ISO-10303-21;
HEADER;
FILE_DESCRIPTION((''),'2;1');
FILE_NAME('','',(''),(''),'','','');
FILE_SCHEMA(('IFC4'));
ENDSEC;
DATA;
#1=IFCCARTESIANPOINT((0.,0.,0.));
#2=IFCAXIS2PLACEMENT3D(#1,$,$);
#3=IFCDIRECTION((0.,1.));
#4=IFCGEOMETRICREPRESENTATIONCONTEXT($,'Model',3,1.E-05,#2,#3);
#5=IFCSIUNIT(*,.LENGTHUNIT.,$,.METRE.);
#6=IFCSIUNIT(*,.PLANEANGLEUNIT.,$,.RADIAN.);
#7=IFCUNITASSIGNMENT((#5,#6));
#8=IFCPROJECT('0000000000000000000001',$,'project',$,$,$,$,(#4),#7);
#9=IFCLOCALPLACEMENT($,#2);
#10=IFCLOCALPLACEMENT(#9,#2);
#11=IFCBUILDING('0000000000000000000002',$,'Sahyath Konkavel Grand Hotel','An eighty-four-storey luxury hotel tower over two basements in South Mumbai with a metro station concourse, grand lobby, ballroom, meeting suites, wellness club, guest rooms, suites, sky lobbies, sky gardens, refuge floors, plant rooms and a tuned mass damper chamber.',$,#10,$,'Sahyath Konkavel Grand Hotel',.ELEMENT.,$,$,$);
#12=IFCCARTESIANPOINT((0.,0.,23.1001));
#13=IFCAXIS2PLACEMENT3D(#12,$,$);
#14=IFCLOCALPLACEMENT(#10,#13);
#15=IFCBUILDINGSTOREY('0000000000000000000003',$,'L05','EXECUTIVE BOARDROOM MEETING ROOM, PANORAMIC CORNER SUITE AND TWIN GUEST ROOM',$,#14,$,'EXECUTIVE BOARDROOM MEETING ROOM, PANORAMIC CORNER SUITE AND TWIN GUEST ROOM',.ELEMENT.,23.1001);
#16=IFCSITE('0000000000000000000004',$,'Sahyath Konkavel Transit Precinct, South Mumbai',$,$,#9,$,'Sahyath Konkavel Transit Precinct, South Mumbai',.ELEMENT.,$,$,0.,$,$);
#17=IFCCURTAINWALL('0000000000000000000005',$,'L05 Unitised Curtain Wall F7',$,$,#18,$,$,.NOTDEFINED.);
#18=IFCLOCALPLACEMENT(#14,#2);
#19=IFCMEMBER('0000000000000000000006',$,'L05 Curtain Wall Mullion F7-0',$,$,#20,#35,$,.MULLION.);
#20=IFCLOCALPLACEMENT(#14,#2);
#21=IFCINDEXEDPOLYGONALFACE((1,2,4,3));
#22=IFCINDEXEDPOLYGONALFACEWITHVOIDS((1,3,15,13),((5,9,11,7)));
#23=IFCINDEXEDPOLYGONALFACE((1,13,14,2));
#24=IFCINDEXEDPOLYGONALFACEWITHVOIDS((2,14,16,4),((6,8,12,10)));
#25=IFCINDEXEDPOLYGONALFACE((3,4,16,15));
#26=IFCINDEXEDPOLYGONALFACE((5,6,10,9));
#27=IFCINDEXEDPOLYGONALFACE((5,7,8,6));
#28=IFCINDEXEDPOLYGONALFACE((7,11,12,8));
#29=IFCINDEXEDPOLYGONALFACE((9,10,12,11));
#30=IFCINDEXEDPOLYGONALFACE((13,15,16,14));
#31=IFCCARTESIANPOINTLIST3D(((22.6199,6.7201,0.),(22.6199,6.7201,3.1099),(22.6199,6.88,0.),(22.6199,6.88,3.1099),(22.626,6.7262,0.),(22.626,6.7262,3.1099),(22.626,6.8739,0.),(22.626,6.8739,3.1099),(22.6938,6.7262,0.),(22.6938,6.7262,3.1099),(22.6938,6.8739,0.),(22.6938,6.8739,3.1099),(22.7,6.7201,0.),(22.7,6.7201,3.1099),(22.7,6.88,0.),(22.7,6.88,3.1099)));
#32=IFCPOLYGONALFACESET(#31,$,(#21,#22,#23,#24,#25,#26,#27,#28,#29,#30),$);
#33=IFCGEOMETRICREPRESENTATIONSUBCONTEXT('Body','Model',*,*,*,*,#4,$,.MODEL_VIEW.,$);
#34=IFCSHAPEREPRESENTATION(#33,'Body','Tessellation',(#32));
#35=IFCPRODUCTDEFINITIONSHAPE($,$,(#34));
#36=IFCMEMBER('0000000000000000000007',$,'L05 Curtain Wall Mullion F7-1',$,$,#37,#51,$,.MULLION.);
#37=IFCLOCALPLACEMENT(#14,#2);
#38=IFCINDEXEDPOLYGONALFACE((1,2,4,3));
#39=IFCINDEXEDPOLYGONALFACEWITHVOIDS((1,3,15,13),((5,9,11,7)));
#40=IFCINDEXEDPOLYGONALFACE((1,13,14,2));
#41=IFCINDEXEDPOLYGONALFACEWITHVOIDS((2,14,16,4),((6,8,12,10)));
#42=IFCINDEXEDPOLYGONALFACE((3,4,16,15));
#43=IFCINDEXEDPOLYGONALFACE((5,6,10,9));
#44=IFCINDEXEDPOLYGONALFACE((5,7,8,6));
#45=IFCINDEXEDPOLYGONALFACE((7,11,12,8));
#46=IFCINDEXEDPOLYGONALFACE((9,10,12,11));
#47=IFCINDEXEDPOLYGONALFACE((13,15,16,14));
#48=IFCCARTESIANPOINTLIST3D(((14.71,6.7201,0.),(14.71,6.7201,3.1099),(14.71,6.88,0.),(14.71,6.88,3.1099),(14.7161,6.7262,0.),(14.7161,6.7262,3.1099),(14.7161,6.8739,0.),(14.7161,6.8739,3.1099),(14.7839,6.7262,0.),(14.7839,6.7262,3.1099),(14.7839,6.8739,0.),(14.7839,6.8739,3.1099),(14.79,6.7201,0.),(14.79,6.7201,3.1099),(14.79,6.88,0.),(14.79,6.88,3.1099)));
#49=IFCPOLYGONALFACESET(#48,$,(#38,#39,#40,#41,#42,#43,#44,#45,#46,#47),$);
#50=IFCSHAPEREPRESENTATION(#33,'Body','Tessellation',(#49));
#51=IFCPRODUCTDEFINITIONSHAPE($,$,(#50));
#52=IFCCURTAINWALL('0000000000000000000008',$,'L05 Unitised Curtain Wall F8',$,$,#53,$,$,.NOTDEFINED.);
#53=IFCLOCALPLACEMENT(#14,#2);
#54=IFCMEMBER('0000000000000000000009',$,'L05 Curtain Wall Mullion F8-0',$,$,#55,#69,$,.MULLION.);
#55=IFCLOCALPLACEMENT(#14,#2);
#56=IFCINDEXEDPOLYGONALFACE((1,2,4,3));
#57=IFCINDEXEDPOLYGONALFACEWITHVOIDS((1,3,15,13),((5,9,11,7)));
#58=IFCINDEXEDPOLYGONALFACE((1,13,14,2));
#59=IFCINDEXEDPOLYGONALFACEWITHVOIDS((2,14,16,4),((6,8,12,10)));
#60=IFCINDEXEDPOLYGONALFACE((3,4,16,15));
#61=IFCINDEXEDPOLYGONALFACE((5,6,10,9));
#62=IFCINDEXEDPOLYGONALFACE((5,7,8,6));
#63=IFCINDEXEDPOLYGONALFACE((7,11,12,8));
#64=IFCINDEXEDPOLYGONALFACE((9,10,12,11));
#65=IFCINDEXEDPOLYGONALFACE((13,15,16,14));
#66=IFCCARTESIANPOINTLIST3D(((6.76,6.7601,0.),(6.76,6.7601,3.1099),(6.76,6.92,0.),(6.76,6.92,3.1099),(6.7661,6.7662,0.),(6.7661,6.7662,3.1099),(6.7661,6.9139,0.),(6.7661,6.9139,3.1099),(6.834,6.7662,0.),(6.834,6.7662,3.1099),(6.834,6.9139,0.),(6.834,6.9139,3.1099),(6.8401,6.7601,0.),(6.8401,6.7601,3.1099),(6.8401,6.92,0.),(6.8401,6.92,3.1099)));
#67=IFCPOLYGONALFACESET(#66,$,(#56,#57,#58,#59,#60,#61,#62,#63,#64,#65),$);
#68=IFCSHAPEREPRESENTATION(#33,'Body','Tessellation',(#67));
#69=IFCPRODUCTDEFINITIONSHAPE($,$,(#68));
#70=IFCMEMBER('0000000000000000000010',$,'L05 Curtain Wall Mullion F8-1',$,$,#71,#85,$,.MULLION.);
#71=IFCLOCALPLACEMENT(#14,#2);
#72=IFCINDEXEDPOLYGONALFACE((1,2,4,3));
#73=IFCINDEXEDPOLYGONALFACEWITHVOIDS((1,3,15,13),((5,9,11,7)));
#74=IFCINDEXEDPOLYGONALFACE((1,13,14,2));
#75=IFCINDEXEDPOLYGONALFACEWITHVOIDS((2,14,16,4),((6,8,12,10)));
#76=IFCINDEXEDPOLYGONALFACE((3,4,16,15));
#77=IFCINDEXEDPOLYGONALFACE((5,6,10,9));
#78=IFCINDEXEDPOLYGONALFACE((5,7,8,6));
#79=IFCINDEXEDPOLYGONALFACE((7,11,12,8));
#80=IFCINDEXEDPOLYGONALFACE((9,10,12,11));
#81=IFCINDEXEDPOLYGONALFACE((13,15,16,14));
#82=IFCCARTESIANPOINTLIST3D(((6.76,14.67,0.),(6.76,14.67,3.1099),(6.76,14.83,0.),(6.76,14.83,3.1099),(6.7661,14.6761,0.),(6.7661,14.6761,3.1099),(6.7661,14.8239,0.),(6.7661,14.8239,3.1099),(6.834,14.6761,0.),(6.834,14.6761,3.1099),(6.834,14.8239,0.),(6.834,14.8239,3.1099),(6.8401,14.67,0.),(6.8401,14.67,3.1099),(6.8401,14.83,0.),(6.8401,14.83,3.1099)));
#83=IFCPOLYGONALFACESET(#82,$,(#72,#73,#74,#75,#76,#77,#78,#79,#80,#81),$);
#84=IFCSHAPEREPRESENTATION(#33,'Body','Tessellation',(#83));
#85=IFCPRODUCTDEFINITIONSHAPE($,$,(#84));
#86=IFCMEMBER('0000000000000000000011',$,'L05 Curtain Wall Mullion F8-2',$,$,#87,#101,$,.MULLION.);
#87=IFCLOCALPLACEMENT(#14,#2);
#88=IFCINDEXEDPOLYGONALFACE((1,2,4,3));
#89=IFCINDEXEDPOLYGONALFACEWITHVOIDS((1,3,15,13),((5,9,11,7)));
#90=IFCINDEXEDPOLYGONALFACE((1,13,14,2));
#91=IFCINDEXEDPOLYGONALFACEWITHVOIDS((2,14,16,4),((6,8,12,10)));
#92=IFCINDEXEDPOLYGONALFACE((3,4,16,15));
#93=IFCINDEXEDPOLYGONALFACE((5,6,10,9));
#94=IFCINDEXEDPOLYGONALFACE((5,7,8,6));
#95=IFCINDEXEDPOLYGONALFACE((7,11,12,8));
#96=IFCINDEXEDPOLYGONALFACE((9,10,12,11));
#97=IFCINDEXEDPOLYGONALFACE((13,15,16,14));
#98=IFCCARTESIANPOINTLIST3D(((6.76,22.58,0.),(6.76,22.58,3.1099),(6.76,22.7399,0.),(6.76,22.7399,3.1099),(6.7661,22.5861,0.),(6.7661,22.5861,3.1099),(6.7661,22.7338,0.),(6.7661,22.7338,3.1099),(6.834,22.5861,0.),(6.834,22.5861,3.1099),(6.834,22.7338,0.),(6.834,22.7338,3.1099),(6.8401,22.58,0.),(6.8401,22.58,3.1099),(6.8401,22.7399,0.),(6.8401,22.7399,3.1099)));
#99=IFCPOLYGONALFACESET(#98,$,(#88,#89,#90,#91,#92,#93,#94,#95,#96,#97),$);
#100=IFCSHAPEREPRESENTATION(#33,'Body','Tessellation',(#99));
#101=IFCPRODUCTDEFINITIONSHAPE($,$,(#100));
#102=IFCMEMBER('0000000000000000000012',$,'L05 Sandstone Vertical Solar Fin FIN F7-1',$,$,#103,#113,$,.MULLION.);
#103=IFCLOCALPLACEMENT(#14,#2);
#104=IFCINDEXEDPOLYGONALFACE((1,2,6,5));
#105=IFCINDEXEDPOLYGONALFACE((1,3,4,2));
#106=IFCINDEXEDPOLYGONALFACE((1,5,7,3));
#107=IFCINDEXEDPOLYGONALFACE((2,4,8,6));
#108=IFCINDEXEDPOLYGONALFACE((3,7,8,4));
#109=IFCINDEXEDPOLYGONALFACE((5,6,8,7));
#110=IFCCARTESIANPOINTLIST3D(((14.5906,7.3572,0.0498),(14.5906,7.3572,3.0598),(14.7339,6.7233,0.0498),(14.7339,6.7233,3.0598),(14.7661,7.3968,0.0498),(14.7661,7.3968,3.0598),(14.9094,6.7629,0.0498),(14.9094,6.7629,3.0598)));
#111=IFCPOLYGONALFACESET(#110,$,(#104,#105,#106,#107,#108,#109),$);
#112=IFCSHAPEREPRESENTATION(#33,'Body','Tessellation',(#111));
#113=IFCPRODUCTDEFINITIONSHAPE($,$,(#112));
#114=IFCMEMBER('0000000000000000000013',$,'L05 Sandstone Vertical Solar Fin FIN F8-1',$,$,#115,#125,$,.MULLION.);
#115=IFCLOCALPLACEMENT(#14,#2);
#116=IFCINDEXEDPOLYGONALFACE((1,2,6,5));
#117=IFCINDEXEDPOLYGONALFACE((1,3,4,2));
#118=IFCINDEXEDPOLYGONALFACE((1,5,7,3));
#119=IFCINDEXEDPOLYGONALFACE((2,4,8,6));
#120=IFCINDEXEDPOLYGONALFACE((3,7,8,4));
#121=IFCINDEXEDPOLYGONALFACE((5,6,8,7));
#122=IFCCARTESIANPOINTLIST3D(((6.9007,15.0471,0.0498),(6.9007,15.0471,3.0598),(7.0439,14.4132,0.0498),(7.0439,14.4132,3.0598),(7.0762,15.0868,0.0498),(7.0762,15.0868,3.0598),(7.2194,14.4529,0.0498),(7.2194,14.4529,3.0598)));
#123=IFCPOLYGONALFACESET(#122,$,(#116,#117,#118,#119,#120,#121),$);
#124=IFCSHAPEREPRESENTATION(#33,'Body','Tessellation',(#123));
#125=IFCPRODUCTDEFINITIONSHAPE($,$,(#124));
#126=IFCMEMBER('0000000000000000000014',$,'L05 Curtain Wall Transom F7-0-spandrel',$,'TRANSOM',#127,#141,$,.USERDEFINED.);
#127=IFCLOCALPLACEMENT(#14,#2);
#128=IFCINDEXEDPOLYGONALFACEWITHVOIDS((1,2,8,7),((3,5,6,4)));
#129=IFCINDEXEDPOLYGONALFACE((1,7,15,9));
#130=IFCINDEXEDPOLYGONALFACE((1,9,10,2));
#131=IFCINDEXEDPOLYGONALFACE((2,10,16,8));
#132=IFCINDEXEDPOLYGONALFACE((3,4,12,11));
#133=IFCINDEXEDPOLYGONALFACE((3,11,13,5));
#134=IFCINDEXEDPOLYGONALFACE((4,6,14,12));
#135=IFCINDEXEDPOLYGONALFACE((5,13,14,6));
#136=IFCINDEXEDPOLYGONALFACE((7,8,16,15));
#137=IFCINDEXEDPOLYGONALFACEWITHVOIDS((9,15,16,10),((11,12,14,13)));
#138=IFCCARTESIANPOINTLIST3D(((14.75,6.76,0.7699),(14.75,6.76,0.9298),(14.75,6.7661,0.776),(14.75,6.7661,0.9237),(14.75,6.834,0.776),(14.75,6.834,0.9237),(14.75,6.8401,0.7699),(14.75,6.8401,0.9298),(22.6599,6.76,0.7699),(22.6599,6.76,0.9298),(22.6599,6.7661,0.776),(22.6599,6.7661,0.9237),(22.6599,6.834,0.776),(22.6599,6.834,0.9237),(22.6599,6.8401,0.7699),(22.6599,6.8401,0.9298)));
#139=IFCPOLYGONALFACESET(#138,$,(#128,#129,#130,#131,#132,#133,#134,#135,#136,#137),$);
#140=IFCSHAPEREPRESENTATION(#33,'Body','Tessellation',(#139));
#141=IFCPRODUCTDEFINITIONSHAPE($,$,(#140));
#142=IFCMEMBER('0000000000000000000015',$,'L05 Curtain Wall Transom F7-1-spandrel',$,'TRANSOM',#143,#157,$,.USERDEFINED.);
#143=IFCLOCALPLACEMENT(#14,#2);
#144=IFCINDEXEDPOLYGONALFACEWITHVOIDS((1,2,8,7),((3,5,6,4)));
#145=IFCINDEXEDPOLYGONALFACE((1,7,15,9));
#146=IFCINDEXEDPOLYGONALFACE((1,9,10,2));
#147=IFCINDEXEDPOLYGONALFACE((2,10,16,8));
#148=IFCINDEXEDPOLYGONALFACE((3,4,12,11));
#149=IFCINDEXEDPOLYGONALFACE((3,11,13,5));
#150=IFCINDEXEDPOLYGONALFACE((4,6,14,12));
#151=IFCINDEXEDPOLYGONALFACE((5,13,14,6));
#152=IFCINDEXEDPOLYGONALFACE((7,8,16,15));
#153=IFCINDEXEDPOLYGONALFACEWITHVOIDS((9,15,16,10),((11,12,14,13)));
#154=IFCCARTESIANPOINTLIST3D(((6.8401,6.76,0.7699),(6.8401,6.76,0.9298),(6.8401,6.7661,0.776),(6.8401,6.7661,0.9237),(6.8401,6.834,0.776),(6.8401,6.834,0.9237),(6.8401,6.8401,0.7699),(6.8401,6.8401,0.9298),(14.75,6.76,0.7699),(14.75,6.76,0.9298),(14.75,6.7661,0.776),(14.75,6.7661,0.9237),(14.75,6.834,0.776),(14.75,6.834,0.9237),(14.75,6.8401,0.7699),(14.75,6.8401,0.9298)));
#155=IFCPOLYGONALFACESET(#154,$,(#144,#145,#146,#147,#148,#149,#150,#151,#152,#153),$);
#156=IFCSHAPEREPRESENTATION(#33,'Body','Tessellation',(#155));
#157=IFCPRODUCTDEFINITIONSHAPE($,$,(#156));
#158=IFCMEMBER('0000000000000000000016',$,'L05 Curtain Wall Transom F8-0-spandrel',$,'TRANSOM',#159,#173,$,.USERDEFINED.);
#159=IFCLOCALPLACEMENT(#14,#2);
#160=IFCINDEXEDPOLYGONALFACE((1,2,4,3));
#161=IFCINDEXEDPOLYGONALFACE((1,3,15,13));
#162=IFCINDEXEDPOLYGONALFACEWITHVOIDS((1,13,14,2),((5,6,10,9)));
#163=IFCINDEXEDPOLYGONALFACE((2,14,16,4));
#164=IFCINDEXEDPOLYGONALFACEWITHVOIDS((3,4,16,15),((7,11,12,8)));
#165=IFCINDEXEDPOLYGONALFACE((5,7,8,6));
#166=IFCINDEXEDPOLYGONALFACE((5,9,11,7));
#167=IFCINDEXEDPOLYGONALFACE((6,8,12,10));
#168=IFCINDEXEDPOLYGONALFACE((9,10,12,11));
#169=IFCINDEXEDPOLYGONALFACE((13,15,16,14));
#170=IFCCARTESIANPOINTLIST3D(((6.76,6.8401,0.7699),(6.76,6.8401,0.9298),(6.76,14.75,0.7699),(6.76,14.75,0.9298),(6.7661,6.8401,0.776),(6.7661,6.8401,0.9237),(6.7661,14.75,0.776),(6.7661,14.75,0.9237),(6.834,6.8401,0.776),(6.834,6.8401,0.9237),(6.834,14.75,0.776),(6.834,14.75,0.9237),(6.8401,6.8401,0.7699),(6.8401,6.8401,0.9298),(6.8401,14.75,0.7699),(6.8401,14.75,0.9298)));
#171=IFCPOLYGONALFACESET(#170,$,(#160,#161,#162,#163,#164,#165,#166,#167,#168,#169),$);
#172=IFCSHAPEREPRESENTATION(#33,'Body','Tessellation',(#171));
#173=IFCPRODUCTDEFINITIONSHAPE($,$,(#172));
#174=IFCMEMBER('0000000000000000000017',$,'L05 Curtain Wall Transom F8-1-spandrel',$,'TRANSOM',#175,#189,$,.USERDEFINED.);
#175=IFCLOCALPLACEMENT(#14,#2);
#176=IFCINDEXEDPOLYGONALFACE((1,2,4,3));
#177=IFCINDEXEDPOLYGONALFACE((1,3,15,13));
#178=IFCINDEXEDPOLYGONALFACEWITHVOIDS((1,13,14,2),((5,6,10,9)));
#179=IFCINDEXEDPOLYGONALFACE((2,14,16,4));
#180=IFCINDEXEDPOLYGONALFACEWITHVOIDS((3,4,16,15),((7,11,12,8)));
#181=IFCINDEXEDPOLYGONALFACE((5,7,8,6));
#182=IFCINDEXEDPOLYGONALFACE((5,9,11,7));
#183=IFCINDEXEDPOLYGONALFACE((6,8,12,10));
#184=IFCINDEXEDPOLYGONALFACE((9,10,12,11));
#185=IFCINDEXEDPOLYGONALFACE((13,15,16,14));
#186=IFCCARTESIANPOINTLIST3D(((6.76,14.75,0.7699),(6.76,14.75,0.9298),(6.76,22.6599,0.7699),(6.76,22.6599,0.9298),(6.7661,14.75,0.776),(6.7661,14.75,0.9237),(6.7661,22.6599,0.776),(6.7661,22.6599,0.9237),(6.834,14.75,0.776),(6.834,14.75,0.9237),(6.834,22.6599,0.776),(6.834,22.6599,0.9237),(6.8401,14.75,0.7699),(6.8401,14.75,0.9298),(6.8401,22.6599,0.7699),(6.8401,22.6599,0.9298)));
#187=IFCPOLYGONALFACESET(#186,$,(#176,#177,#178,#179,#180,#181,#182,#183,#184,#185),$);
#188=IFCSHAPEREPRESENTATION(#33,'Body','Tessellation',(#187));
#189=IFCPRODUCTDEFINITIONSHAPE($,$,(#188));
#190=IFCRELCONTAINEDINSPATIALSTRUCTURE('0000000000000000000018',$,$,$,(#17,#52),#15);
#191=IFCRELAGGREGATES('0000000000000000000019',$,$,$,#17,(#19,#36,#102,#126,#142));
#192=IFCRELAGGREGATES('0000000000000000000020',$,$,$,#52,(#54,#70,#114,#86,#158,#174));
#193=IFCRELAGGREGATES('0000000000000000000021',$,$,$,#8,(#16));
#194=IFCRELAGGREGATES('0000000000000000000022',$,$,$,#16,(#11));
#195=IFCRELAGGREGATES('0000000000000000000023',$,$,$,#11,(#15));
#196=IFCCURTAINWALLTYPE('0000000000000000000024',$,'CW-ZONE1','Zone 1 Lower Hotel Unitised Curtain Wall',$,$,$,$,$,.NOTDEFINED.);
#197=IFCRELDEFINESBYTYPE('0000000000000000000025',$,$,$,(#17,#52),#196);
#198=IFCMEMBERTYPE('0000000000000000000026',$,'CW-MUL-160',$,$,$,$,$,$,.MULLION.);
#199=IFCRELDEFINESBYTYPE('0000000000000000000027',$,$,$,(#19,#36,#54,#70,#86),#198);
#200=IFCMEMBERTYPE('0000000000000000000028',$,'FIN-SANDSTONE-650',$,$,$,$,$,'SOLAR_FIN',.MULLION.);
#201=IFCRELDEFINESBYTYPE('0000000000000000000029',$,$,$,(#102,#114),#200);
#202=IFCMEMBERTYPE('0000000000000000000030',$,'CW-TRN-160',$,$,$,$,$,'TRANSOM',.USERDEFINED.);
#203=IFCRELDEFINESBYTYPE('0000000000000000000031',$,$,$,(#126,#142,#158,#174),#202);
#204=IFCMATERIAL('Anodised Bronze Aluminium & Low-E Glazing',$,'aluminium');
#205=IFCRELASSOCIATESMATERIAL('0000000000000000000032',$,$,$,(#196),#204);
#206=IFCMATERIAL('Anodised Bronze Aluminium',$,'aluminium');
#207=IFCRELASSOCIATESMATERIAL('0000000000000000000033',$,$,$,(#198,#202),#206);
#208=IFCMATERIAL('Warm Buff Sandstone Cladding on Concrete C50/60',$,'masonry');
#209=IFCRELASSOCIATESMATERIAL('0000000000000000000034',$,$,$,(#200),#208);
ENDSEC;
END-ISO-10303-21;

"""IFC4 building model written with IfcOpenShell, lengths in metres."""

from ifc_helpers import new_model, si_unit, direction, frame, origin, origin_2d, place, context, subcontext, project, spatial, rectangle, hollow_rectangle, extrude, source, transform, mapped, material, material_profile, profile_set, type_object, element, aggregate, save


model = new_model("IFC4")

# Units and contexts
model_context = context("Model", 3, precision=1e-05, world=origin(), true_north=direction((0.0, 1.0)))
body_context = subcontext(model_context, "Body", "Model", "MODEL_VIEW")
ifc_project = project(units=[si_unit("LENGTHUNIT", "METRE"), si_unit("PLANEANGLEUNIT", "RADIAN")], contexts=[model_context])

# Site, building, storey
site_placement = place(None, origin())
site = spatial("IfcSite", under=ifc_project, at=site_placement, Name="Sahyath Konkavel Transit Precinct, South Mumbai", LongName="Sahyath Konkavel Transit Precinct, South Mumbai", CompositionType="ELEMENT", RefElevation=0.0)
building_placement = place(site_placement, origin())
building = spatial("IfcBuilding", under=site, at=building_placement, Name="Sahyath Konkavel Grand Hotel", Description="An eighty-four-storey luxury hotel tower over two basements in South Mumbai with a metro station concourse, grand lobby, ballroom, meeting suites, wellness club, guest rooms, suites, sky lobbies, sky gardens, refuge floors, plant rooms and a tuned mass damper chamber.", LongName="Sahyath Konkavel Grand Hotel", CompositionType="ELEMENT")
storey_placement = place(building_placement, frame((0.0, 0.0, 23.1001)))
storey = spatial("IfcBuildingStorey", under=building, at=storey_placement, Name="L05", Description="EXECUTIVE BOARDROOM MEETING ROOM, PANORAMIC CORNER SUITE AND TWIN GUEST ROOM", LongName="EXECUTIVE BOARDROOM MEETING ROOM, PANORAMIC CORNER SUITE AND TWIN GUEST ROOM", CompositionType="ELEMENT", Elevation=23.1001)

# Curtain walls, members
ifc_material_1 = material(Name="Anodised Bronze Aluminium & Low-E Glazing", Category="aluminium")
curtain_wall_type = type_object("IfcCurtainWallType", Name="CW-ZONE1", Description="Zone 1 Lower Hotel Unitised Curtain Wall", PredefinedType="NOTDEFINED", material=ifc_material_1)
curtain_wall_1_placement = place(storey_placement, origin())
curtain_wall_1 = element("IfcCurtainWall", 1, at=curtain_wall_1_placement, inside=storey, type_object=curtain_wall_type, Name="L05 Unitised Curtain Wall F7", PredefinedType="NOTDEFINED")
ifc_material_2 = material(Name="Anodised Bronze Aluminium", Category="aluminium")
ifc_material_profile_1 = material_profile(ifc_material_2, hollow_rectangle(XDim=0.0801, YDim=0.1599, WallThickness=0.0061, at=origin_2d()), Name="RHS 160x80x6")
ifc_profile_set_1 = profile_set([ifc_material_profile_1], Name="Anodised Bronze Aluminium")
member_type_1 = type_object("IfcMemberType", Name="CW-MUL-160", PredefinedType="MULLION", material=ifc_profile_set_1)
shared_shape_1 = source(origin(), body_context, "Body", "SweptSolid", [
    extrude(hollow_rectangle(XDim=0.0801, YDim=0.1599, WallThickness=0.0061, at=origin_2d()), origin(), (0.0, 0.0, 1.0), 3.1099),
])
member_1_placement = place(storey_placement, frame((22.6599, 6.8, 0.0), z_axis=(0.0, 0.0, 1.0), x_axis=(1.0, 0.0, 0.0)))
member_1 = element("IfcMember", 2, at=member_1_placement, type_object=member_type_1, Name="L05 Curtain Wall Mullion F7-0", PredefinedType="MULLION", context=body_context, shape_type="MappedRepresentation", body=[
    mapped(shared_shape_1, transform((0.0, 0.0, 0.0), scale=1.0)),
])
member_2_placement = place(storey_placement, frame((14.75, 6.8, 0.0), z_axis=(0.0, 0.0, 1.0), x_axis=(1.0, 0.0, 0.0)))
member_2 = element("IfcMember", 3, at=member_2_placement, type_object=member_type_1, Name="L05 Curtain Wall Mullion F7-1", PredefinedType="MULLION", context=body_context, shape_type="MappedRepresentation", body=[
    mapped(shared_shape_1, transform((0.0, 0.0, 0.0), scale=1.0)),
])
curtain_wall_2_placement = place(storey_placement, origin())
curtain_wall_2 = element("IfcCurtainWall", 4, at=curtain_wall_2_placement, inside=storey, type_object=curtain_wall_type, Name="L05 Unitised Curtain Wall F8", PredefinedType="NOTDEFINED")
member_3_placement = place(storey_placement, frame((6.8, 6.8401, 0.0), z_axis=(0.0, 0.0, 1.0), x_axis=(1.0, 0.0, 0.0)))
member_3 = element("IfcMember", 5, at=member_3_placement, type_object=member_type_1, Name="L05 Curtain Wall Mullion F8-0", PredefinedType="MULLION", context=body_context, shape_type="MappedRepresentation", body=[
    mapped(shared_shape_1, transform((0.0, 0.0, 0.0), scale=1.0)),
])
member_4_placement = place(storey_placement, frame((6.8, 14.75, 0.0), z_axis=(0.0, 0.0, 1.0), x_axis=(1.0, 0.0, 0.0)))
member_4 = element("IfcMember", 6, at=member_4_placement, type_object=member_type_1, Name="L05 Curtain Wall Mullion F8-1", PredefinedType="MULLION", context=body_context, shape_type="MappedRepresentation", body=[
    mapped(shared_shape_1, transform((0.0, 0.0, 0.0), scale=1.0)),
])
member_5_placement = place(storey_placement, frame((6.8, 22.6599, 0.0), z_axis=(0.0, 0.0, 1.0), x_axis=(1.0, 0.0, 0.0)))
member_5 = element("IfcMember", 7, at=member_5_placement, type_object=member_type_1, Name="L05 Curtain Wall Mullion F8-2", PredefinedType="MULLION", context=body_context, shape_type="MappedRepresentation", body=[
    mapped(shared_shape_1, transform((0.0, 0.0, 0.0), scale=1.0)),
])

# Members
ifc_material_3 = material(Name="Warm Buff Sandstone Cladding on Concrete C50/60", Category="masonry")
ifc_material_profile_2 = material_profile(ifc_material_3, rectangle(XDim=0.1799, YDim=0.6499, at=origin_2d()), Name="FIN 180x650")
ifc_profile_set_2 = profile_set([ifc_material_profile_2], Name="Warm Buff Sandstone Cladding on Concrete C50/60")
member_type_2 = type_object("IfcMemberType", Name="FIN-SANDSTONE-650", ElementType="SOLAR_FIN", PredefinedType="MULLION", material=ifc_profile_set_2)
shared_shape_2 = source(origin(), body_context, "Body", "SweptSolid", [
    extrude(rectangle(XDim=0.1799, YDim=0.6499, at=origin_2d()), origin(), (0.0, 0.0, 1.0), 3.01),
])
member_6_placement = place(storey_placement, frame((14.75, 7.0601, 0.0498), z_axis=(0.0, 0.0, 1.0), x_axis=(0.975419, 0.220357, 0.0)))
member_6 = element("IfcMember", 8, at=member_6_placement, type_object=member_type_2, Name="L05 Sandstone Vertical Solar Fin FIN F7-1", PredefinedType="MULLION", context=body_context, shape_type="MappedRepresentation", body=[
    mapped(shared_shape_2, transform((0.0, 0.0, 0.0), scale=1.0)),
])
member_7_placement = place(storey_placement, frame((7.0601, 14.75, 0.0498), z_axis=(0.0, 0.0, 1.0), x_axis=(0.975419, 0.220357, 0.0)))
member_7 = element("IfcMember", 9, at=member_7_placement, type_object=member_type_2, Name="L05 Sandstone Vertical Solar Fin FIN F8-1", PredefinedType="MULLION", context=body_context, shape_type="MappedRepresentation", body=[
    mapped(shared_shape_2, transform((0.0, 0.0, 0.0), scale=1.0)),
])
ifc_material_profile_3 = material_profile(ifc_material_2, hollow_rectangle(XDim=0.0801, YDim=0.1599, WallThickness=0.0061, at=origin_2d()), Name="RHS 160x80x6")
ifc_profile_set_3 = profile_set([ifc_material_profile_3], Name="Anodised Bronze Aluminium")
member_type_3 = type_object("IfcMemberType", Name="CW-TRN-160", ElementType="TRANSOM", PredefinedType="USERDEFINED", material=ifc_profile_set_3)
shared_shape_3 = source(origin(), body_context, "Body", "SweptSolid", [
    extrude(hollow_rectangle(XDim=0.0801, YDim=0.1599, WallThickness=0.0061, at=origin_2d()), origin(), (0.0, 0.0, 1.0), 7.9099),
])
member_8_placement = place(storey_placement, frame((22.6599, 6.8, 0.8499), z_axis=(-1.0, 0.0, 0.0), x_axis=(0.0, -1.0, 0.0)))
member_8 = element("IfcMember", 10, at=member_8_placement, type_object=member_type_3, Name="L05 Curtain Wall Transom F7-0-spandrel", ObjectType="TRANSOM", PredefinedType="USERDEFINED", context=body_context, shape_type="MappedRepresentation", body=[
    mapped(shared_shape_3, transform((0.0, 0.0, 0.0), scale=1.0)),
])
member_9_placement = place(storey_placement, frame((14.75, 6.8, 0.8499), z_axis=(-1.0, 0.0, 0.0), x_axis=(0.0, -1.0, 0.0)))
member_9 = element("IfcMember", 11, at=member_9_placement, type_object=member_type_3, Name="L05 Curtain Wall Transom F7-1-spandrel", ObjectType="TRANSOM", PredefinedType="USERDEFINED", context=body_context, shape_type="MappedRepresentation", body=[
    mapped(shared_shape_3, transform((0.0, 0.0, 0.0), scale=1.0)),
])
member_10_placement = place(storey_placement, frame((6.8, 6.8401, 0.8499), z_axis=(0.0, 1.0, 0.0), x_axis=(-1.0, 0.0, 0.0)))
member_10 = element("IfcMember", 12, at=member_10_placement, type_object=member_type_3, Name="L05 Curtain Wall Transom F8-0-spandrel", ObjectType="TRANSOM", PredefinedType="USERDEFINED", context=body_context, shape_type="MappedRepresentation", body=[
    mapped(shared_shape_3, transform((0.0, 0.0, 0.0), scale=1.0)),
])
member_11_placement = place(storey_placement, frame((6.8, 14.75, 0.8499), z_axis=(0.0, 1.0, 0.0), x_axis=(-1.0, 0.0, 0.0)))
member_11 = element("IfcMember", 13, at=member_11_placement, type_object=member_type_3, Name="L05 Curtain Wall Transom F8-1-spandrel", ObjectType="TRANSOM", PredefinedType="USERDEFINED", context=body_context, shape_type="MappedRepresentation", body=[
    mapped(shared_shape_3, transform((0.0, 0.0, 0.0), scale=1.0)),
])

aggregate(curtain_wall_1, [member_1, member_2, member_6, member_8, member_9])
aggregate(curtain_wall_2, [member_3, member_4, member_7, member_5, member_10, member_11])

save(model, "model.ifc")
